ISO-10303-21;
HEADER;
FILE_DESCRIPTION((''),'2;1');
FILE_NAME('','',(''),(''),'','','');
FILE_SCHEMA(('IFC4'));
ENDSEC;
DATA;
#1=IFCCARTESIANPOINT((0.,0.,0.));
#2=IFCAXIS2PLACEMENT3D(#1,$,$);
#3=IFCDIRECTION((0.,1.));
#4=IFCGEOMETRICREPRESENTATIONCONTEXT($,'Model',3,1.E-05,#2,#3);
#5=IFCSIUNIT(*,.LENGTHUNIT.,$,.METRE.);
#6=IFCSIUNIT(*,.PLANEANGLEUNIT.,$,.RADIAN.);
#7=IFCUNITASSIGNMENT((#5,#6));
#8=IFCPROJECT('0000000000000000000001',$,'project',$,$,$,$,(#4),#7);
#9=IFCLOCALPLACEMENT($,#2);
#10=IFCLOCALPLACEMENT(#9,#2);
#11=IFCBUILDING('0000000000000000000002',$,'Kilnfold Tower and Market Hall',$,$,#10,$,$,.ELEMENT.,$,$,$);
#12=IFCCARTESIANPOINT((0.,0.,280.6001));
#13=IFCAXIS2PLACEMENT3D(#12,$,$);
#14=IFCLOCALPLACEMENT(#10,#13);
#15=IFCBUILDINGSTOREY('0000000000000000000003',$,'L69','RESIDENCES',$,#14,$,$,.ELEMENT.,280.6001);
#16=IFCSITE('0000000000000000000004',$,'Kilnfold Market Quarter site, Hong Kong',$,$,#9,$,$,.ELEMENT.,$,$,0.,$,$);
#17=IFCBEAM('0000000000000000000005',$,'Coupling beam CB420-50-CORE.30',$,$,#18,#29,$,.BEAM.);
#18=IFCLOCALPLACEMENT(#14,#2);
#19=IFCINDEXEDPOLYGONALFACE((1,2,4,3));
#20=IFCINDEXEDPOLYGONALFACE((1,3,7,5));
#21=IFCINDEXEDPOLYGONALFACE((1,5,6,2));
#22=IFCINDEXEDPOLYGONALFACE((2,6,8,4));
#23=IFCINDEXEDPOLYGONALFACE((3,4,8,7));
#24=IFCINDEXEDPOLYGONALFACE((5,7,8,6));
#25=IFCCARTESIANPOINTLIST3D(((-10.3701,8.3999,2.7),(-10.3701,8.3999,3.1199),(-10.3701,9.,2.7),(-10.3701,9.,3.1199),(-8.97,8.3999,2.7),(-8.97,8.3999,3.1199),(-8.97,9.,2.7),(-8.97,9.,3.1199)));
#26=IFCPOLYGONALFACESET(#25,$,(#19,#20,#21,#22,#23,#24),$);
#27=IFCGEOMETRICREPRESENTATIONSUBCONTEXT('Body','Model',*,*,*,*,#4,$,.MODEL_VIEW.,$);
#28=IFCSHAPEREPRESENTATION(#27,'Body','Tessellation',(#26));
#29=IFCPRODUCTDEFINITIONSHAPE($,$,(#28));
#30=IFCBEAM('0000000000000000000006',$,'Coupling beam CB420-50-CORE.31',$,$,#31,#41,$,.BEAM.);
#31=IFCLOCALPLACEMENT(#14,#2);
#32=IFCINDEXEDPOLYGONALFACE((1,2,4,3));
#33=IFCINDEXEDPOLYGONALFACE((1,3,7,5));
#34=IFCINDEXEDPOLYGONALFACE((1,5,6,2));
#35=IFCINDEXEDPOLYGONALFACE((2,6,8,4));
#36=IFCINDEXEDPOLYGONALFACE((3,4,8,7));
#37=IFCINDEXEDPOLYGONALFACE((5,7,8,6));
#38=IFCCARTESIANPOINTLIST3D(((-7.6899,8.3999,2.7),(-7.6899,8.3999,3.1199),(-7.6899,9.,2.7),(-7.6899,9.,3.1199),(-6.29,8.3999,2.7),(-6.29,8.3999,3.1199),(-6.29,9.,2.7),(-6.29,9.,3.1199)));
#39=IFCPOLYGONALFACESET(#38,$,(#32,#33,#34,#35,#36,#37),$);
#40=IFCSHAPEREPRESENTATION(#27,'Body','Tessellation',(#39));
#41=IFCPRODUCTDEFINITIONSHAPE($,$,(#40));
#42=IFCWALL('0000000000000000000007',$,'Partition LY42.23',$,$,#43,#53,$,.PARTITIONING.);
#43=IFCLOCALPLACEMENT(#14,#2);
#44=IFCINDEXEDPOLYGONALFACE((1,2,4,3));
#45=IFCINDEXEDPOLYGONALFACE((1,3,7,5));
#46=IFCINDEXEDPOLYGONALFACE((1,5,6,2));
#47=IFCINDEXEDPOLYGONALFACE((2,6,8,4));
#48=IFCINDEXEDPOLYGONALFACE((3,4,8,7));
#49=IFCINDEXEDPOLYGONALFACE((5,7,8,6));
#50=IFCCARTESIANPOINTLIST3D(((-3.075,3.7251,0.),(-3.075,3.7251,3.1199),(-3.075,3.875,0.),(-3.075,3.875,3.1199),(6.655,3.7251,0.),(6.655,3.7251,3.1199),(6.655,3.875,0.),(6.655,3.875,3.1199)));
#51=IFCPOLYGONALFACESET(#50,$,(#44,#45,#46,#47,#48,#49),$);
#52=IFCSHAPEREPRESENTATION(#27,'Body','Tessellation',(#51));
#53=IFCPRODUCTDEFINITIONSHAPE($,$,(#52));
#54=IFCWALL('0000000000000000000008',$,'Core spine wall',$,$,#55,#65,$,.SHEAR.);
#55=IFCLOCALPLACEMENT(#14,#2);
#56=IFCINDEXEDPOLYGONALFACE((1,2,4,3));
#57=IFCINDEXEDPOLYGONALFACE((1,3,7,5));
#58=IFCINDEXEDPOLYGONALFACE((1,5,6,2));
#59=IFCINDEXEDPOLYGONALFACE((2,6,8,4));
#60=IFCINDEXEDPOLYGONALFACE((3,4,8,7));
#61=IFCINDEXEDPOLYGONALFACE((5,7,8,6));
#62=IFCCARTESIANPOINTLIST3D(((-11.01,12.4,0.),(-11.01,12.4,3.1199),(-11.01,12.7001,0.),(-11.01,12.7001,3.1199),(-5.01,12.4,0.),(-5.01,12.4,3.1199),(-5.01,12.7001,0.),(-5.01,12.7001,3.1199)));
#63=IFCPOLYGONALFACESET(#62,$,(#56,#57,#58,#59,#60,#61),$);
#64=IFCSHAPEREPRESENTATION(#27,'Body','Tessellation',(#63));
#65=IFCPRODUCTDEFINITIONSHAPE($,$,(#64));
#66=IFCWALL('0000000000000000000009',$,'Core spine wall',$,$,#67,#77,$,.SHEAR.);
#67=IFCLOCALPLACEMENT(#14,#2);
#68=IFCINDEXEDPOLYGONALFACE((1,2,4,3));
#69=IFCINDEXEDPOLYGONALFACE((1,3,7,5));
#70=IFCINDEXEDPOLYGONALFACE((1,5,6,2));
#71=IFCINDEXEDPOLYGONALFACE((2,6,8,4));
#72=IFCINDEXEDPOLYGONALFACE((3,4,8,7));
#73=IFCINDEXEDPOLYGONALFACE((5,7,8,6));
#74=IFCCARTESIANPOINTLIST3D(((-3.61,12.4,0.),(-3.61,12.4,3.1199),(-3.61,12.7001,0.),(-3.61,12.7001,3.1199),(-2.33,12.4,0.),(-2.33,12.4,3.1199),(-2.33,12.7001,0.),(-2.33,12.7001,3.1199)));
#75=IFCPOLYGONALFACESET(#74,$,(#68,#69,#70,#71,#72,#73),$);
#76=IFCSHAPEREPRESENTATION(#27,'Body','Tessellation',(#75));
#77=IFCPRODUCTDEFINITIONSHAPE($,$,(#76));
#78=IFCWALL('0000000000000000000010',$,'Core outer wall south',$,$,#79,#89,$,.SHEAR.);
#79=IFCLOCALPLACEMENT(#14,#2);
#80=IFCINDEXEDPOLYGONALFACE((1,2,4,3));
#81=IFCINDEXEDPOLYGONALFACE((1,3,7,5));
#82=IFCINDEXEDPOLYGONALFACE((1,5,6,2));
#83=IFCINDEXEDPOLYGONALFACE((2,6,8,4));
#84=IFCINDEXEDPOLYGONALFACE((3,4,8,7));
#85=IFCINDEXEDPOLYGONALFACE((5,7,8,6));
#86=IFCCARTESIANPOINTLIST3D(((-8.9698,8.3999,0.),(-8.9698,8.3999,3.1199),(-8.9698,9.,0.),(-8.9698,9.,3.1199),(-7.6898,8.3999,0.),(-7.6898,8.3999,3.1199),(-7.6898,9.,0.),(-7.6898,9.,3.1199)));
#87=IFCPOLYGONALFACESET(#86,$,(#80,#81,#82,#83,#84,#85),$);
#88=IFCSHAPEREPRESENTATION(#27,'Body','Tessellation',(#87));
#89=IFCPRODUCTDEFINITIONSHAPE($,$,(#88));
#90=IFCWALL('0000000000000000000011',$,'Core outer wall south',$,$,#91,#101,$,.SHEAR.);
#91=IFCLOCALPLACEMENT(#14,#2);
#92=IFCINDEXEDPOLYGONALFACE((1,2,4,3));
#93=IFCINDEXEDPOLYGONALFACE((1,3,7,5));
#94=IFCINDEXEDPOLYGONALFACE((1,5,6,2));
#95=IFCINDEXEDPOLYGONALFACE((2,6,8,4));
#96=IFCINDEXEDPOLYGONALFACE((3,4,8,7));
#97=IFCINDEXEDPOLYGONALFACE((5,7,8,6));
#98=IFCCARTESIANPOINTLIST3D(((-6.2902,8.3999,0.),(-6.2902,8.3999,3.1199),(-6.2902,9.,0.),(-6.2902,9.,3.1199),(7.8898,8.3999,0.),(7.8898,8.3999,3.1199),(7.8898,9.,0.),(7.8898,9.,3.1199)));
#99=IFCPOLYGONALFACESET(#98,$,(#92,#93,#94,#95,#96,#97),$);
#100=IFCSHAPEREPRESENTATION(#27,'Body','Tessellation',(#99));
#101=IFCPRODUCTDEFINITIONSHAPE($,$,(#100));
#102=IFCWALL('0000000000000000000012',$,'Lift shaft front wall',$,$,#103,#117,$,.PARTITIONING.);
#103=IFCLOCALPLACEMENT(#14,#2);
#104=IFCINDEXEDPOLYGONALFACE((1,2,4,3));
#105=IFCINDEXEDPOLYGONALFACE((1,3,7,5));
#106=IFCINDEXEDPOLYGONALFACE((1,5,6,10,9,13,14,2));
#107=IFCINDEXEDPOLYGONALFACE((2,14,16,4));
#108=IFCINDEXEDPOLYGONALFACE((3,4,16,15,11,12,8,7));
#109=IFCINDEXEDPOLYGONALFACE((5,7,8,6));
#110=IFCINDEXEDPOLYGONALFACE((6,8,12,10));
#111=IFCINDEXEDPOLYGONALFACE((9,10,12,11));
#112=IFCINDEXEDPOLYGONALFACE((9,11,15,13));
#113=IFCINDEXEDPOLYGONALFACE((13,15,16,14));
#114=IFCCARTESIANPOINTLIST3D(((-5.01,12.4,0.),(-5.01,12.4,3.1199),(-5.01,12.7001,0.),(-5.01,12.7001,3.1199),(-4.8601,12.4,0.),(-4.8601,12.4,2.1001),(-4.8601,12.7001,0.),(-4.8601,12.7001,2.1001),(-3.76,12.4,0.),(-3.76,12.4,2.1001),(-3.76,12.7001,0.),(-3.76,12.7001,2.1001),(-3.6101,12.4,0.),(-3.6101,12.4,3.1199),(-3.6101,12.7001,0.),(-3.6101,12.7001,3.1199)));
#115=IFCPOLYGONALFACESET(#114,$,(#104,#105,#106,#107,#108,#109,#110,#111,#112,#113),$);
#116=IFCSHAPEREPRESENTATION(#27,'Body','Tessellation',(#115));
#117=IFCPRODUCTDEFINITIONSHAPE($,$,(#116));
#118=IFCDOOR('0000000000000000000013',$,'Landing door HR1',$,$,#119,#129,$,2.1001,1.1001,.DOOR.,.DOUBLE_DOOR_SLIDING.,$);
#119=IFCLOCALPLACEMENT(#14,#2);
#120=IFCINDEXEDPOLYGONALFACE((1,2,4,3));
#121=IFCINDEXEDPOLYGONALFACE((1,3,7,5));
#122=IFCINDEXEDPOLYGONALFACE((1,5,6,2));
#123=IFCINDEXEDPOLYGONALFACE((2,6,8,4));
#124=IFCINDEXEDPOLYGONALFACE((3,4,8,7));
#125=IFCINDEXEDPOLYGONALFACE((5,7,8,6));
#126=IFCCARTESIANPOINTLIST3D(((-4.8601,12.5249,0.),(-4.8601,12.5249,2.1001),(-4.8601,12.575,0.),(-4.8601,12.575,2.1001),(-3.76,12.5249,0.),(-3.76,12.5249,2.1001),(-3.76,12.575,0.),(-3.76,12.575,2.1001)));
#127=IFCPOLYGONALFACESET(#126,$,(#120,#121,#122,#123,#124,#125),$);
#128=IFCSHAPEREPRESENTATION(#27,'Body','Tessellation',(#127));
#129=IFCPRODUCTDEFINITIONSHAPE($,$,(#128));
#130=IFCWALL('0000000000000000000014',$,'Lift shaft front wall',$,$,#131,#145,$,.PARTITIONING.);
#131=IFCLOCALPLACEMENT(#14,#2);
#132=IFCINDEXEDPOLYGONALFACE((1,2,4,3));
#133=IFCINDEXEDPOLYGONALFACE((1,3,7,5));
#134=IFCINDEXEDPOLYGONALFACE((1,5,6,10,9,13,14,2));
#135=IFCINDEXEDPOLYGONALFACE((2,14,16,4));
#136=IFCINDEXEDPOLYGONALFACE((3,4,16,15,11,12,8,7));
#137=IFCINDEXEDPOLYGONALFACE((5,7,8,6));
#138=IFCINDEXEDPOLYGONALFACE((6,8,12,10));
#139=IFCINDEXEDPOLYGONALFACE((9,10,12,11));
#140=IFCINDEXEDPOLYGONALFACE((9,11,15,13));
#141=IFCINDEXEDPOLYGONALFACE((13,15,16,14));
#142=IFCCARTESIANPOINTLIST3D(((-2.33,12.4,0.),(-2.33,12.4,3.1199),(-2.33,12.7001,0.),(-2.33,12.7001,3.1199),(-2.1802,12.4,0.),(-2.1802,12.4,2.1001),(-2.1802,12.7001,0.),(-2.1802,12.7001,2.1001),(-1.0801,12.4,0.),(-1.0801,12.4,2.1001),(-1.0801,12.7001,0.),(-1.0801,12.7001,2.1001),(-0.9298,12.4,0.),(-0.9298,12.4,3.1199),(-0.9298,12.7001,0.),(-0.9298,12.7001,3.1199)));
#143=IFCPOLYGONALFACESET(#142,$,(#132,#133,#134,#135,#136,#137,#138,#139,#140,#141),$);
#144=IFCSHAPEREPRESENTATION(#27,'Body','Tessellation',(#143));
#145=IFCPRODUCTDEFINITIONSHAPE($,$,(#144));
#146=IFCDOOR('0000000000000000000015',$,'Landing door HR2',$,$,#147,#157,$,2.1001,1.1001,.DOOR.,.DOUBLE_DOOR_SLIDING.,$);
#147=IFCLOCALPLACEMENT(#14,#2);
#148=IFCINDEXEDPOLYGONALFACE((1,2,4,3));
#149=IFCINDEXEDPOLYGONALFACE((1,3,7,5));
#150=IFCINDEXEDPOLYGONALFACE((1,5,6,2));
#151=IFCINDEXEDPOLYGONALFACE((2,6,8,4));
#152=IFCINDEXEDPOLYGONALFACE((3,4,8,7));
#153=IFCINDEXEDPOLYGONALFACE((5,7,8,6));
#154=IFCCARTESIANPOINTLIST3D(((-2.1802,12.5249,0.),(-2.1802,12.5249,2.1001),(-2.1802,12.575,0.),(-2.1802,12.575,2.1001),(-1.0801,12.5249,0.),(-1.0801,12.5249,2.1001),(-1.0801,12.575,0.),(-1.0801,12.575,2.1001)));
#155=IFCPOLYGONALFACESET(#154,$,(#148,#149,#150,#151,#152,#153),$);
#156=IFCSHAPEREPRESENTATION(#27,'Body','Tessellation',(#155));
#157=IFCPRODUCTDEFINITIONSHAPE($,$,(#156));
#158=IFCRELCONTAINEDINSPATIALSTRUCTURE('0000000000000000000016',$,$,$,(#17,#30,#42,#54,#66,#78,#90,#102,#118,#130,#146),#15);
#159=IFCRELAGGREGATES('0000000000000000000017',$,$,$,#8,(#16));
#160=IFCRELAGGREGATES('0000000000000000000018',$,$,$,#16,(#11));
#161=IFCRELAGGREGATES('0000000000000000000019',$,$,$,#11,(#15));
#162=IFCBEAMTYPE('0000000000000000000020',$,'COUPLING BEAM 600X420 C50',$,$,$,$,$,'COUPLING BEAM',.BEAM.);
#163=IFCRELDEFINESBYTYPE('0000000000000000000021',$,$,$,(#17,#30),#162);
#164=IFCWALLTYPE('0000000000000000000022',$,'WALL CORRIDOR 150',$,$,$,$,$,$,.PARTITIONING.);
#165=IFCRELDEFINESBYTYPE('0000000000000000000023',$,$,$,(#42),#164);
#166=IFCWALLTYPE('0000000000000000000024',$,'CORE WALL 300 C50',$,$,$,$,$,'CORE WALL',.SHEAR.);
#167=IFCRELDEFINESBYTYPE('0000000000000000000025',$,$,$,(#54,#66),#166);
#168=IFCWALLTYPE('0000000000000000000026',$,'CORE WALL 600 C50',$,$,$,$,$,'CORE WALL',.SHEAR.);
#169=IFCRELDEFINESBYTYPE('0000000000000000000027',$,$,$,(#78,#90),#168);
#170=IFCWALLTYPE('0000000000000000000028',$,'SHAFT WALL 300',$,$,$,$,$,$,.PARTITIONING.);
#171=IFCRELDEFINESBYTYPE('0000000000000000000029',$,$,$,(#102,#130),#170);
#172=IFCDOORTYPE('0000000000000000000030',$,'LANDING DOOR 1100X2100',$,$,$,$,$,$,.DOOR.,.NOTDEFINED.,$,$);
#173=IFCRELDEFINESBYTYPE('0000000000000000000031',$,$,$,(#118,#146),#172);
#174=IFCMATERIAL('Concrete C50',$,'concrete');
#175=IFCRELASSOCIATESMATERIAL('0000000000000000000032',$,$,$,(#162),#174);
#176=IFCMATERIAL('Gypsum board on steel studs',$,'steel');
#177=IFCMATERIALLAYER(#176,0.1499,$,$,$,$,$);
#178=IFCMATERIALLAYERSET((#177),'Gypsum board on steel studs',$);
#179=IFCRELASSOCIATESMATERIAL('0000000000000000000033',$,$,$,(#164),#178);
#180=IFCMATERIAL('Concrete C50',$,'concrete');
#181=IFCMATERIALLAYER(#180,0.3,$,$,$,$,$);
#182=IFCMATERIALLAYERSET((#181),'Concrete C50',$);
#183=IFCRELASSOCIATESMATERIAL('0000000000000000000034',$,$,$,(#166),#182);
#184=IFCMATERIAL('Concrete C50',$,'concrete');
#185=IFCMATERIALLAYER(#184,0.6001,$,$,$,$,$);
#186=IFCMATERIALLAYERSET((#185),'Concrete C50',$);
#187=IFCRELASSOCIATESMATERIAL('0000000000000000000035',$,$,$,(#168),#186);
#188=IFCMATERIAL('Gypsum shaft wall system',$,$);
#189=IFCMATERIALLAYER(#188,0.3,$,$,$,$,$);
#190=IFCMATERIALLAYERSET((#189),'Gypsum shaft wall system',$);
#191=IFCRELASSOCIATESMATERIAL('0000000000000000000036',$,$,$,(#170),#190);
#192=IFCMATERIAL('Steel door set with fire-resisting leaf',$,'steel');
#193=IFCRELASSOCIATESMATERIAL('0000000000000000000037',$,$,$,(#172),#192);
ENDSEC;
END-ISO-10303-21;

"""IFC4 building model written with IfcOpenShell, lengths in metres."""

from ifc_helpers import new_model, si_unit, direction, frame, frame_2d, origin, origin_2d, place, context, subcontext, project, spatial, rectangle, extrude, source, transform, mapped, material, layer, layer_set, material_profile, profile_set, type_object, element, fill, save


model = new_model("IFC4")

# Units and contexts
model_context = context("Model", 3, precision=1e-05, world=origin(), true_north=direction((0.0, 1.0)))
body_context = subcontext(model_context, "Body", "Model", "MODEL_VIEW")
ifc_project = project(units=[si_unit("LENGTHUNIT", "METRE"), si_unit("PLANEANGLEUNIT", "RADIAN")], contexts=[model_context])

# Site, building, storey
site_placement = place(None, origin())
site = spatial("IfcSite", under=ifc_project, at=site_placement, Name="Kilnfold Market Quarter site, Hong Kong", CompositionType="ELEMENT", RefElevation=0.0)
building_placement = place(site_placement, origin())
building = spatial("IfcBuilding", under=site, at=building_placement, Name="Kilnfold Tower and Market Hall", CompositionType="ELEMENT")
storey_placement = place(building_placement, frame((0.0, 0.0, 280.6001)))
storey = spatial("IfcBuildingStorey", under=building, at=storey_placement, Name="L69", Description="RESIDENCES", CompositionType="ELEMENT", Elevation=280.6001)

# Beams
ifc_material_1 = material(Name="Concrete C50", Category="concrete")
ifc_material_profile = material_profile(ifc_material_1, rectangle(XDim=0.6001, YDim=0.4199, at=origin_2d()), Name="RC 600x420")
ifc_profile_set = profile_set([ifc_material_profile], Name="Concrete C50")
beam_type = type_object("IfcBeamType", Name="COUPLING BEAM 600X420 C50", ElementType="COUPLING BEAM", PredefinedType="BEAM", material=ifc_profile_set)
shared_shape_1 = source(origin(), body_context, "Body", "SweptSolid", [
    extrude(rectangle(XDim=0.6001, YDim=0.4199, at=origin_2d()), origin(), (0.0, 0.0, 1.0), 1.4001),
])
beam_1_placement = place(storey_placement, frame((-10.3701, 8.7, 2.9099), z_axis=(1.0, 0.0, 0.0), x_axis=(0.0, 1.0, 0.0)))
element("IfcBeam", 1, at=beam_1_placement, inside=storey, type_object=beam_type, Name="Coupling beam CB420-50-CORE.30", PredefinedType="BEAM", context=body_context, shape_type="MappedRepresentation", body=[
    mapped(shared_shape_1, transform((0.0, 0.0, 0.0))),
])
shared_shape_2 = source(origin(), body_context, "Body", "SweptSolid", [
    extrude(rectangle(XDim=0.6001, YDim=0.4199, at=origin_2d()), origin(), (0.0, 0.0, 1.0), 1.3999),
])
beam_2_placement = place(storey_placement, frame((-7.6899, 8.7, 2.9099), z_axis=(1.0, 0.0, 0.0), x_axis=(0.0, 1.0, 0.0)))
element("IfcBeam", 2, at=beam_2_placement, inside=storey, type_object=beam_type, Name="Coupling beam CB420-50-CORE.31", PredefinedType="BEAM", context=body_context, shape_type="MappedRepresentation", body=[
    mapped(shared_shape_2, transform((0.0, 0.0, 0.0))),
])

# Walls
ifc_material_2 = material(Name="Gypsum board on steel studs", Category="steel")
ifc_layer_1 = layer(ifc_material_2, 0.1499)
ifc_layer_set_1 = layer_set([ifc_layer_1], Name="Gypsum board on steel studs")
wall_type_1 = type_object("IfcWallType", Name="WALL CORRIDOR 150", PredefinedType="PARTITIONING", material=ifc_layer_set_1)
wall_1_placement = place(storey_placement, frame((-3.075, 3.8, 0.0), z_axis=(0.0, 0.0, 1.0), x_axis=(1.0, 0.0, 0.0)))
element("IfcWall", 3, at=wall_1_placement, inside=storey, type_object=wall_type_1, Name="Partition LY42.23", PredefinedType="PARTITIONING", context=body_context, shape_type="SweptSolid", body=[
    extrude(rectangle(XDim=9.73, YDim=0.1499, at=frame_2d((4.865, 0.0))), origin(), (0.0, 0.0, 1.0), 3.1199),
])
ifc_material_3 = material(Name="Concrete C50", Category="concrete")
ifc_layer_2 = layer(ifc_material_3, 0.3)
ifc_layer_set_2 = layer_set([ifc_layer_2], Name="Concrete C50")
wall_type_2 = type_object("IfcWallType", Name="CORE WALL 300 C50", ElementType="CORE WALL", PredefinedType="SHEAR", material=ifc_layer_set_2)
shared_shape_3 = source(origin(), body_context, "Body", "SweptSolid", [
    extrude(rectangle(XDim=6.0, YDim=0.3, at=frame_2d((3.0, 0.0))), origin(), (0.0, 0.0, 1.0), 3.1199),
])
wall_2_placement = place(storey_placement, frame((-11.01, 12.55, 0.0), z_axis=(0.0, 0.0, 1.0), x_axis=(1.0, 0.0, 0.0)))
element("IfcWall", 4, at=wall_2_placement, inside=storey, type_object=wall_type_2, Name="Core spine wall", PredefinedType="SHEAR", context=body_context, shape_type="MappedRepresentation", body=[
    mapped(shared_shape_3, transform((0.0, 0.0, 0.0))),
])
shared_shape_4 = source(origin(), body_context, "Body", "SweptSolid", [
    extrude(rectangle(XDim=1.28, YDim=0.3, at=frame_2d((0.6401, 0.0))), origin(), (0.0, 0.0, 1.0), 3.1199),
])
wall_3_placement = place(storey_placement, frame((-3.6101, 12.55, 0.0), z_axis=(0.0, 0.0, 1.0), x_axis=(1.0, 0.0, 0.0)))
element("IfcWall", 5, at=wall_3_placement, inside=storey, type_object=wall_type_2, Name="Core spine wall", PredefinedType="SHEAR", context=body_context, shape_type="MappedRepresentation", body=[
    mapped(shared_shape_4, transform((0.0, 0.0, 0.0))),
])
ifc_material_4 = material(Name="Concrete C50", Category="concrete")
ifc_layer_3 = layer(ifc_material_4, 0.6001)
ifc_layer_set_3 = layer_set([ifc_layer_3], Name="Concrete C50")
wall_type_3 = type_object("IfcWallType", Name="CORE WALL 600 C50", ElementType="CORE WALL", PredefinedType="SHEAR", material=ifc_layer_set_3)
shared_shape_5 = source(origin(), body_context, "Body", "SweptSolid", [
    extrude(rectangle(XDim=1.28, YDim=0.6001, at=frame_2d((0.6401, 0.0))), origin(), (0.0, 0.0, 1.0), 3.1199),
])
wall_4_placement = place(storey_placement, frame((-8.97, 8.7, 0.0), z_axis=(0.0, 0.0, 1.0), x_axis=(1.0, 0.0, 0.0)))
element("IfcWall", 6, at=wall_4_placement, inside=storey, type_object=wall_type_3, Name="Core outer wall south", PredefinedType="SHEAR", context=body_context, shape_type="MappedRepresentation", body=[
    mapped(shared_shape_5, transform((0.0, 0.0, 0.0))),
])
shared_shape_6 = source(origin(), body_context, "Body", "SweptSolid", [
    extrude(rectangle(XDim=14.1799, YDim=0.6001, at=frame_2d((7.0898, 0.0))), origin(), (0.0, 0.0, 1.0), 3.1199),
])
wall_5_placement = place(storey_placement, frame((-6.29, 8.7, 0.0), z_axis=(0.0, 0.0, 1.0), x_axis=(1.0, 0.0, 0.0)))
element("IfcWall", 7, at=wall_5_placement, inside=storey, type_object=wall_type_3, Name="Core outer wall south", PredefinedType="SHEAR", context=body_context, shape_type="MappedRepresentation", body=[
    mapped(shared_shape_6, transform((0.0, 0.0, 0.0))),
])

# Walls, openings, doors
ifc_material_5 = material(Name="Gypsum shaft wall system")
ifc_layer_4 = layer(ifc_material_5, 0.3)
ifc_layer_set_4 = layer_set([ifc_layer_4], Name="Gypsum shaft wall system")
wall_type_4 = type_object("IfcWallType", Name="SHAFT WALL 300", PredefinedType="PARTITIONING", material=ifc_layer_set_4)
shared_shape_7 = source(origin(), body_context, "Body", "SweptSolid", [
    extrude(rectangle(XDim=1.3999, YDim=0.3, at=frame_2d((0.7, 0.0))), origin(), (0.0, 0.0, 1.0), 3.1199),
])
wall_6_placement = place(storey_placement, frame((-5.01, 12.55, 0.0), z_axis=(0.0, 0.0, 1.0), x_axis=(1.0, 0.0, 0.0)))
wall_6 = element("IfcWall", 8, at=wall_6_placement, inside=storey, type_object=wall_type_4, Name="Lift shaft front wall", PredefinedType="PARTITIONING", context=body_context, shape_type="MappedRepresentation", body=[
    mapped(shared_shape_7, transform((0.0, 0.0, 0.0))),
])
opening_1_placement = place(wall_6_placement, frame((0.1499, 0.0, 0.0)))
opening_1 = element("IfcOpeningElement", 9, at=opening_1_placement, cuts=wall_6, PredefinedType="OPENING", context=body_context, shape_type="SweptSolid", body=[
    extrude(rectangle(XDim=1.1001, YDim=2.1001, at=frame_2d((0.55, 1.05))), frame((0.0, 0.1602, 0.0), z_axis=(0.0, -1.0, 0.0), x_axis=(1.0, 0.0, 0.0)), (0.0, 0.0, 1.0), 0.3201),
])
ifc_material_6 = material(Name="Steel door set with fire-resisting leaf", Category="steel")
door_type_1 = type_object("IfcDoorType", Name="LANDING DOOR 1100X2100", OperationType="NOTDEFINED", PredefinedType="DOOR", material=ifc_material_6)
door_1_placement = place(opening_1_placement, origin())
door_1 = element("IfcDoor", 10, at=door_1_placement, inside=storey, type_object=door_type_1, Name="Landing door HR1", OperationType="DOUBLE_DOOR_SLIDING", OverallHeight=2.1001, OverallWidth=1.1001, PredefinedType="DOOR", context=body_context, shape_type="SweptSolid", body=[
    extrude(rectangle(XDim=1.1001, YDim=2.1001, at=frame_2d((0.55, 1.05))), frame((0.0, 0.0249, 0.0), z_axis=(0.0, -1.0, 0.0), x_axis=(1.0, 0.0, 0.0)), (0.0, 0.0, 1.0), 0.05),
])
fill(opening_1, door_1)
shared_shape_8 = source(origin(), body_context, "Body", "SweptSolid", [
    extrude(rectangle(XDim=1.4001, YDim=0.3, at=frame_2d((0.7002, 0.0))), origin(), (0.0, 0.0, 1.0), 3.1199),
])
wall_7_placement = place(storey_placement, frame((-2.3301, 12.55, 0.0), z_axis=(0.0, 0.0, 1.0), x_axis=(1.0, 0.0, 0.0)))
wall_7 = element("IfcWall", 11, at=wall_7_placement, inside=storey, type_object=wall_type_4, Name="Lift shaft front wall", PredefinedType="PARTITIONING", context=body_context, shape_type="MappedRepresentation", body=[
    mapped(shared_shape_8, transform((0.0, 0.0, 0.0))),
])
opening_2_placement = place(wall_7_placement, frame((0.1499, 0.0, 0.0)))
opening_2 = element("IfcOpeningElement", 12, at=opening_2_placement, cuts=wall_7, PredefinedType="OPENING", context=body_context, shape_type="SweptSolid", body=[
    extrude(rectangle(XDim=1.1001, YDim=2.1001, at=frame_2d((0.55, 1.05))), frame((0.0, 0.1602, 0.0), z_axis=(0.0, -1.0, 0.0), x_axis=(1.0, 0.0, 0.0)), (0.0, 0.0, 1.0), 0.3201),
])
door_2_placement = place(opening_2_placement, origin())
door_2 = element("IfcDoor", 13, at=door_2_placement, inside=storey, type_object=door_type_1, Name="Landing door HR2", OperationType="DOUBLE_DOOR_SLIDING", OverallHeight=2.1001, OverallWidth=1.1001, PredefinedType="DOOR", context=body_context, shape_type="SweptSolid", body=[
    extrude(rectangle(XDim=1.1001, YDim=2.1001, at=frame_2d((0.55, 1.05))), frame((0.0, 0.0249, 0.0), z_axis=(0.0, -1.0, 0.0), x_axis=(1.0, 0.0, 0.0)), (0.0, 0.0, 1.0), 0.05),
])
fill(opening_2, door_2)

save(model, "model.ifc")
